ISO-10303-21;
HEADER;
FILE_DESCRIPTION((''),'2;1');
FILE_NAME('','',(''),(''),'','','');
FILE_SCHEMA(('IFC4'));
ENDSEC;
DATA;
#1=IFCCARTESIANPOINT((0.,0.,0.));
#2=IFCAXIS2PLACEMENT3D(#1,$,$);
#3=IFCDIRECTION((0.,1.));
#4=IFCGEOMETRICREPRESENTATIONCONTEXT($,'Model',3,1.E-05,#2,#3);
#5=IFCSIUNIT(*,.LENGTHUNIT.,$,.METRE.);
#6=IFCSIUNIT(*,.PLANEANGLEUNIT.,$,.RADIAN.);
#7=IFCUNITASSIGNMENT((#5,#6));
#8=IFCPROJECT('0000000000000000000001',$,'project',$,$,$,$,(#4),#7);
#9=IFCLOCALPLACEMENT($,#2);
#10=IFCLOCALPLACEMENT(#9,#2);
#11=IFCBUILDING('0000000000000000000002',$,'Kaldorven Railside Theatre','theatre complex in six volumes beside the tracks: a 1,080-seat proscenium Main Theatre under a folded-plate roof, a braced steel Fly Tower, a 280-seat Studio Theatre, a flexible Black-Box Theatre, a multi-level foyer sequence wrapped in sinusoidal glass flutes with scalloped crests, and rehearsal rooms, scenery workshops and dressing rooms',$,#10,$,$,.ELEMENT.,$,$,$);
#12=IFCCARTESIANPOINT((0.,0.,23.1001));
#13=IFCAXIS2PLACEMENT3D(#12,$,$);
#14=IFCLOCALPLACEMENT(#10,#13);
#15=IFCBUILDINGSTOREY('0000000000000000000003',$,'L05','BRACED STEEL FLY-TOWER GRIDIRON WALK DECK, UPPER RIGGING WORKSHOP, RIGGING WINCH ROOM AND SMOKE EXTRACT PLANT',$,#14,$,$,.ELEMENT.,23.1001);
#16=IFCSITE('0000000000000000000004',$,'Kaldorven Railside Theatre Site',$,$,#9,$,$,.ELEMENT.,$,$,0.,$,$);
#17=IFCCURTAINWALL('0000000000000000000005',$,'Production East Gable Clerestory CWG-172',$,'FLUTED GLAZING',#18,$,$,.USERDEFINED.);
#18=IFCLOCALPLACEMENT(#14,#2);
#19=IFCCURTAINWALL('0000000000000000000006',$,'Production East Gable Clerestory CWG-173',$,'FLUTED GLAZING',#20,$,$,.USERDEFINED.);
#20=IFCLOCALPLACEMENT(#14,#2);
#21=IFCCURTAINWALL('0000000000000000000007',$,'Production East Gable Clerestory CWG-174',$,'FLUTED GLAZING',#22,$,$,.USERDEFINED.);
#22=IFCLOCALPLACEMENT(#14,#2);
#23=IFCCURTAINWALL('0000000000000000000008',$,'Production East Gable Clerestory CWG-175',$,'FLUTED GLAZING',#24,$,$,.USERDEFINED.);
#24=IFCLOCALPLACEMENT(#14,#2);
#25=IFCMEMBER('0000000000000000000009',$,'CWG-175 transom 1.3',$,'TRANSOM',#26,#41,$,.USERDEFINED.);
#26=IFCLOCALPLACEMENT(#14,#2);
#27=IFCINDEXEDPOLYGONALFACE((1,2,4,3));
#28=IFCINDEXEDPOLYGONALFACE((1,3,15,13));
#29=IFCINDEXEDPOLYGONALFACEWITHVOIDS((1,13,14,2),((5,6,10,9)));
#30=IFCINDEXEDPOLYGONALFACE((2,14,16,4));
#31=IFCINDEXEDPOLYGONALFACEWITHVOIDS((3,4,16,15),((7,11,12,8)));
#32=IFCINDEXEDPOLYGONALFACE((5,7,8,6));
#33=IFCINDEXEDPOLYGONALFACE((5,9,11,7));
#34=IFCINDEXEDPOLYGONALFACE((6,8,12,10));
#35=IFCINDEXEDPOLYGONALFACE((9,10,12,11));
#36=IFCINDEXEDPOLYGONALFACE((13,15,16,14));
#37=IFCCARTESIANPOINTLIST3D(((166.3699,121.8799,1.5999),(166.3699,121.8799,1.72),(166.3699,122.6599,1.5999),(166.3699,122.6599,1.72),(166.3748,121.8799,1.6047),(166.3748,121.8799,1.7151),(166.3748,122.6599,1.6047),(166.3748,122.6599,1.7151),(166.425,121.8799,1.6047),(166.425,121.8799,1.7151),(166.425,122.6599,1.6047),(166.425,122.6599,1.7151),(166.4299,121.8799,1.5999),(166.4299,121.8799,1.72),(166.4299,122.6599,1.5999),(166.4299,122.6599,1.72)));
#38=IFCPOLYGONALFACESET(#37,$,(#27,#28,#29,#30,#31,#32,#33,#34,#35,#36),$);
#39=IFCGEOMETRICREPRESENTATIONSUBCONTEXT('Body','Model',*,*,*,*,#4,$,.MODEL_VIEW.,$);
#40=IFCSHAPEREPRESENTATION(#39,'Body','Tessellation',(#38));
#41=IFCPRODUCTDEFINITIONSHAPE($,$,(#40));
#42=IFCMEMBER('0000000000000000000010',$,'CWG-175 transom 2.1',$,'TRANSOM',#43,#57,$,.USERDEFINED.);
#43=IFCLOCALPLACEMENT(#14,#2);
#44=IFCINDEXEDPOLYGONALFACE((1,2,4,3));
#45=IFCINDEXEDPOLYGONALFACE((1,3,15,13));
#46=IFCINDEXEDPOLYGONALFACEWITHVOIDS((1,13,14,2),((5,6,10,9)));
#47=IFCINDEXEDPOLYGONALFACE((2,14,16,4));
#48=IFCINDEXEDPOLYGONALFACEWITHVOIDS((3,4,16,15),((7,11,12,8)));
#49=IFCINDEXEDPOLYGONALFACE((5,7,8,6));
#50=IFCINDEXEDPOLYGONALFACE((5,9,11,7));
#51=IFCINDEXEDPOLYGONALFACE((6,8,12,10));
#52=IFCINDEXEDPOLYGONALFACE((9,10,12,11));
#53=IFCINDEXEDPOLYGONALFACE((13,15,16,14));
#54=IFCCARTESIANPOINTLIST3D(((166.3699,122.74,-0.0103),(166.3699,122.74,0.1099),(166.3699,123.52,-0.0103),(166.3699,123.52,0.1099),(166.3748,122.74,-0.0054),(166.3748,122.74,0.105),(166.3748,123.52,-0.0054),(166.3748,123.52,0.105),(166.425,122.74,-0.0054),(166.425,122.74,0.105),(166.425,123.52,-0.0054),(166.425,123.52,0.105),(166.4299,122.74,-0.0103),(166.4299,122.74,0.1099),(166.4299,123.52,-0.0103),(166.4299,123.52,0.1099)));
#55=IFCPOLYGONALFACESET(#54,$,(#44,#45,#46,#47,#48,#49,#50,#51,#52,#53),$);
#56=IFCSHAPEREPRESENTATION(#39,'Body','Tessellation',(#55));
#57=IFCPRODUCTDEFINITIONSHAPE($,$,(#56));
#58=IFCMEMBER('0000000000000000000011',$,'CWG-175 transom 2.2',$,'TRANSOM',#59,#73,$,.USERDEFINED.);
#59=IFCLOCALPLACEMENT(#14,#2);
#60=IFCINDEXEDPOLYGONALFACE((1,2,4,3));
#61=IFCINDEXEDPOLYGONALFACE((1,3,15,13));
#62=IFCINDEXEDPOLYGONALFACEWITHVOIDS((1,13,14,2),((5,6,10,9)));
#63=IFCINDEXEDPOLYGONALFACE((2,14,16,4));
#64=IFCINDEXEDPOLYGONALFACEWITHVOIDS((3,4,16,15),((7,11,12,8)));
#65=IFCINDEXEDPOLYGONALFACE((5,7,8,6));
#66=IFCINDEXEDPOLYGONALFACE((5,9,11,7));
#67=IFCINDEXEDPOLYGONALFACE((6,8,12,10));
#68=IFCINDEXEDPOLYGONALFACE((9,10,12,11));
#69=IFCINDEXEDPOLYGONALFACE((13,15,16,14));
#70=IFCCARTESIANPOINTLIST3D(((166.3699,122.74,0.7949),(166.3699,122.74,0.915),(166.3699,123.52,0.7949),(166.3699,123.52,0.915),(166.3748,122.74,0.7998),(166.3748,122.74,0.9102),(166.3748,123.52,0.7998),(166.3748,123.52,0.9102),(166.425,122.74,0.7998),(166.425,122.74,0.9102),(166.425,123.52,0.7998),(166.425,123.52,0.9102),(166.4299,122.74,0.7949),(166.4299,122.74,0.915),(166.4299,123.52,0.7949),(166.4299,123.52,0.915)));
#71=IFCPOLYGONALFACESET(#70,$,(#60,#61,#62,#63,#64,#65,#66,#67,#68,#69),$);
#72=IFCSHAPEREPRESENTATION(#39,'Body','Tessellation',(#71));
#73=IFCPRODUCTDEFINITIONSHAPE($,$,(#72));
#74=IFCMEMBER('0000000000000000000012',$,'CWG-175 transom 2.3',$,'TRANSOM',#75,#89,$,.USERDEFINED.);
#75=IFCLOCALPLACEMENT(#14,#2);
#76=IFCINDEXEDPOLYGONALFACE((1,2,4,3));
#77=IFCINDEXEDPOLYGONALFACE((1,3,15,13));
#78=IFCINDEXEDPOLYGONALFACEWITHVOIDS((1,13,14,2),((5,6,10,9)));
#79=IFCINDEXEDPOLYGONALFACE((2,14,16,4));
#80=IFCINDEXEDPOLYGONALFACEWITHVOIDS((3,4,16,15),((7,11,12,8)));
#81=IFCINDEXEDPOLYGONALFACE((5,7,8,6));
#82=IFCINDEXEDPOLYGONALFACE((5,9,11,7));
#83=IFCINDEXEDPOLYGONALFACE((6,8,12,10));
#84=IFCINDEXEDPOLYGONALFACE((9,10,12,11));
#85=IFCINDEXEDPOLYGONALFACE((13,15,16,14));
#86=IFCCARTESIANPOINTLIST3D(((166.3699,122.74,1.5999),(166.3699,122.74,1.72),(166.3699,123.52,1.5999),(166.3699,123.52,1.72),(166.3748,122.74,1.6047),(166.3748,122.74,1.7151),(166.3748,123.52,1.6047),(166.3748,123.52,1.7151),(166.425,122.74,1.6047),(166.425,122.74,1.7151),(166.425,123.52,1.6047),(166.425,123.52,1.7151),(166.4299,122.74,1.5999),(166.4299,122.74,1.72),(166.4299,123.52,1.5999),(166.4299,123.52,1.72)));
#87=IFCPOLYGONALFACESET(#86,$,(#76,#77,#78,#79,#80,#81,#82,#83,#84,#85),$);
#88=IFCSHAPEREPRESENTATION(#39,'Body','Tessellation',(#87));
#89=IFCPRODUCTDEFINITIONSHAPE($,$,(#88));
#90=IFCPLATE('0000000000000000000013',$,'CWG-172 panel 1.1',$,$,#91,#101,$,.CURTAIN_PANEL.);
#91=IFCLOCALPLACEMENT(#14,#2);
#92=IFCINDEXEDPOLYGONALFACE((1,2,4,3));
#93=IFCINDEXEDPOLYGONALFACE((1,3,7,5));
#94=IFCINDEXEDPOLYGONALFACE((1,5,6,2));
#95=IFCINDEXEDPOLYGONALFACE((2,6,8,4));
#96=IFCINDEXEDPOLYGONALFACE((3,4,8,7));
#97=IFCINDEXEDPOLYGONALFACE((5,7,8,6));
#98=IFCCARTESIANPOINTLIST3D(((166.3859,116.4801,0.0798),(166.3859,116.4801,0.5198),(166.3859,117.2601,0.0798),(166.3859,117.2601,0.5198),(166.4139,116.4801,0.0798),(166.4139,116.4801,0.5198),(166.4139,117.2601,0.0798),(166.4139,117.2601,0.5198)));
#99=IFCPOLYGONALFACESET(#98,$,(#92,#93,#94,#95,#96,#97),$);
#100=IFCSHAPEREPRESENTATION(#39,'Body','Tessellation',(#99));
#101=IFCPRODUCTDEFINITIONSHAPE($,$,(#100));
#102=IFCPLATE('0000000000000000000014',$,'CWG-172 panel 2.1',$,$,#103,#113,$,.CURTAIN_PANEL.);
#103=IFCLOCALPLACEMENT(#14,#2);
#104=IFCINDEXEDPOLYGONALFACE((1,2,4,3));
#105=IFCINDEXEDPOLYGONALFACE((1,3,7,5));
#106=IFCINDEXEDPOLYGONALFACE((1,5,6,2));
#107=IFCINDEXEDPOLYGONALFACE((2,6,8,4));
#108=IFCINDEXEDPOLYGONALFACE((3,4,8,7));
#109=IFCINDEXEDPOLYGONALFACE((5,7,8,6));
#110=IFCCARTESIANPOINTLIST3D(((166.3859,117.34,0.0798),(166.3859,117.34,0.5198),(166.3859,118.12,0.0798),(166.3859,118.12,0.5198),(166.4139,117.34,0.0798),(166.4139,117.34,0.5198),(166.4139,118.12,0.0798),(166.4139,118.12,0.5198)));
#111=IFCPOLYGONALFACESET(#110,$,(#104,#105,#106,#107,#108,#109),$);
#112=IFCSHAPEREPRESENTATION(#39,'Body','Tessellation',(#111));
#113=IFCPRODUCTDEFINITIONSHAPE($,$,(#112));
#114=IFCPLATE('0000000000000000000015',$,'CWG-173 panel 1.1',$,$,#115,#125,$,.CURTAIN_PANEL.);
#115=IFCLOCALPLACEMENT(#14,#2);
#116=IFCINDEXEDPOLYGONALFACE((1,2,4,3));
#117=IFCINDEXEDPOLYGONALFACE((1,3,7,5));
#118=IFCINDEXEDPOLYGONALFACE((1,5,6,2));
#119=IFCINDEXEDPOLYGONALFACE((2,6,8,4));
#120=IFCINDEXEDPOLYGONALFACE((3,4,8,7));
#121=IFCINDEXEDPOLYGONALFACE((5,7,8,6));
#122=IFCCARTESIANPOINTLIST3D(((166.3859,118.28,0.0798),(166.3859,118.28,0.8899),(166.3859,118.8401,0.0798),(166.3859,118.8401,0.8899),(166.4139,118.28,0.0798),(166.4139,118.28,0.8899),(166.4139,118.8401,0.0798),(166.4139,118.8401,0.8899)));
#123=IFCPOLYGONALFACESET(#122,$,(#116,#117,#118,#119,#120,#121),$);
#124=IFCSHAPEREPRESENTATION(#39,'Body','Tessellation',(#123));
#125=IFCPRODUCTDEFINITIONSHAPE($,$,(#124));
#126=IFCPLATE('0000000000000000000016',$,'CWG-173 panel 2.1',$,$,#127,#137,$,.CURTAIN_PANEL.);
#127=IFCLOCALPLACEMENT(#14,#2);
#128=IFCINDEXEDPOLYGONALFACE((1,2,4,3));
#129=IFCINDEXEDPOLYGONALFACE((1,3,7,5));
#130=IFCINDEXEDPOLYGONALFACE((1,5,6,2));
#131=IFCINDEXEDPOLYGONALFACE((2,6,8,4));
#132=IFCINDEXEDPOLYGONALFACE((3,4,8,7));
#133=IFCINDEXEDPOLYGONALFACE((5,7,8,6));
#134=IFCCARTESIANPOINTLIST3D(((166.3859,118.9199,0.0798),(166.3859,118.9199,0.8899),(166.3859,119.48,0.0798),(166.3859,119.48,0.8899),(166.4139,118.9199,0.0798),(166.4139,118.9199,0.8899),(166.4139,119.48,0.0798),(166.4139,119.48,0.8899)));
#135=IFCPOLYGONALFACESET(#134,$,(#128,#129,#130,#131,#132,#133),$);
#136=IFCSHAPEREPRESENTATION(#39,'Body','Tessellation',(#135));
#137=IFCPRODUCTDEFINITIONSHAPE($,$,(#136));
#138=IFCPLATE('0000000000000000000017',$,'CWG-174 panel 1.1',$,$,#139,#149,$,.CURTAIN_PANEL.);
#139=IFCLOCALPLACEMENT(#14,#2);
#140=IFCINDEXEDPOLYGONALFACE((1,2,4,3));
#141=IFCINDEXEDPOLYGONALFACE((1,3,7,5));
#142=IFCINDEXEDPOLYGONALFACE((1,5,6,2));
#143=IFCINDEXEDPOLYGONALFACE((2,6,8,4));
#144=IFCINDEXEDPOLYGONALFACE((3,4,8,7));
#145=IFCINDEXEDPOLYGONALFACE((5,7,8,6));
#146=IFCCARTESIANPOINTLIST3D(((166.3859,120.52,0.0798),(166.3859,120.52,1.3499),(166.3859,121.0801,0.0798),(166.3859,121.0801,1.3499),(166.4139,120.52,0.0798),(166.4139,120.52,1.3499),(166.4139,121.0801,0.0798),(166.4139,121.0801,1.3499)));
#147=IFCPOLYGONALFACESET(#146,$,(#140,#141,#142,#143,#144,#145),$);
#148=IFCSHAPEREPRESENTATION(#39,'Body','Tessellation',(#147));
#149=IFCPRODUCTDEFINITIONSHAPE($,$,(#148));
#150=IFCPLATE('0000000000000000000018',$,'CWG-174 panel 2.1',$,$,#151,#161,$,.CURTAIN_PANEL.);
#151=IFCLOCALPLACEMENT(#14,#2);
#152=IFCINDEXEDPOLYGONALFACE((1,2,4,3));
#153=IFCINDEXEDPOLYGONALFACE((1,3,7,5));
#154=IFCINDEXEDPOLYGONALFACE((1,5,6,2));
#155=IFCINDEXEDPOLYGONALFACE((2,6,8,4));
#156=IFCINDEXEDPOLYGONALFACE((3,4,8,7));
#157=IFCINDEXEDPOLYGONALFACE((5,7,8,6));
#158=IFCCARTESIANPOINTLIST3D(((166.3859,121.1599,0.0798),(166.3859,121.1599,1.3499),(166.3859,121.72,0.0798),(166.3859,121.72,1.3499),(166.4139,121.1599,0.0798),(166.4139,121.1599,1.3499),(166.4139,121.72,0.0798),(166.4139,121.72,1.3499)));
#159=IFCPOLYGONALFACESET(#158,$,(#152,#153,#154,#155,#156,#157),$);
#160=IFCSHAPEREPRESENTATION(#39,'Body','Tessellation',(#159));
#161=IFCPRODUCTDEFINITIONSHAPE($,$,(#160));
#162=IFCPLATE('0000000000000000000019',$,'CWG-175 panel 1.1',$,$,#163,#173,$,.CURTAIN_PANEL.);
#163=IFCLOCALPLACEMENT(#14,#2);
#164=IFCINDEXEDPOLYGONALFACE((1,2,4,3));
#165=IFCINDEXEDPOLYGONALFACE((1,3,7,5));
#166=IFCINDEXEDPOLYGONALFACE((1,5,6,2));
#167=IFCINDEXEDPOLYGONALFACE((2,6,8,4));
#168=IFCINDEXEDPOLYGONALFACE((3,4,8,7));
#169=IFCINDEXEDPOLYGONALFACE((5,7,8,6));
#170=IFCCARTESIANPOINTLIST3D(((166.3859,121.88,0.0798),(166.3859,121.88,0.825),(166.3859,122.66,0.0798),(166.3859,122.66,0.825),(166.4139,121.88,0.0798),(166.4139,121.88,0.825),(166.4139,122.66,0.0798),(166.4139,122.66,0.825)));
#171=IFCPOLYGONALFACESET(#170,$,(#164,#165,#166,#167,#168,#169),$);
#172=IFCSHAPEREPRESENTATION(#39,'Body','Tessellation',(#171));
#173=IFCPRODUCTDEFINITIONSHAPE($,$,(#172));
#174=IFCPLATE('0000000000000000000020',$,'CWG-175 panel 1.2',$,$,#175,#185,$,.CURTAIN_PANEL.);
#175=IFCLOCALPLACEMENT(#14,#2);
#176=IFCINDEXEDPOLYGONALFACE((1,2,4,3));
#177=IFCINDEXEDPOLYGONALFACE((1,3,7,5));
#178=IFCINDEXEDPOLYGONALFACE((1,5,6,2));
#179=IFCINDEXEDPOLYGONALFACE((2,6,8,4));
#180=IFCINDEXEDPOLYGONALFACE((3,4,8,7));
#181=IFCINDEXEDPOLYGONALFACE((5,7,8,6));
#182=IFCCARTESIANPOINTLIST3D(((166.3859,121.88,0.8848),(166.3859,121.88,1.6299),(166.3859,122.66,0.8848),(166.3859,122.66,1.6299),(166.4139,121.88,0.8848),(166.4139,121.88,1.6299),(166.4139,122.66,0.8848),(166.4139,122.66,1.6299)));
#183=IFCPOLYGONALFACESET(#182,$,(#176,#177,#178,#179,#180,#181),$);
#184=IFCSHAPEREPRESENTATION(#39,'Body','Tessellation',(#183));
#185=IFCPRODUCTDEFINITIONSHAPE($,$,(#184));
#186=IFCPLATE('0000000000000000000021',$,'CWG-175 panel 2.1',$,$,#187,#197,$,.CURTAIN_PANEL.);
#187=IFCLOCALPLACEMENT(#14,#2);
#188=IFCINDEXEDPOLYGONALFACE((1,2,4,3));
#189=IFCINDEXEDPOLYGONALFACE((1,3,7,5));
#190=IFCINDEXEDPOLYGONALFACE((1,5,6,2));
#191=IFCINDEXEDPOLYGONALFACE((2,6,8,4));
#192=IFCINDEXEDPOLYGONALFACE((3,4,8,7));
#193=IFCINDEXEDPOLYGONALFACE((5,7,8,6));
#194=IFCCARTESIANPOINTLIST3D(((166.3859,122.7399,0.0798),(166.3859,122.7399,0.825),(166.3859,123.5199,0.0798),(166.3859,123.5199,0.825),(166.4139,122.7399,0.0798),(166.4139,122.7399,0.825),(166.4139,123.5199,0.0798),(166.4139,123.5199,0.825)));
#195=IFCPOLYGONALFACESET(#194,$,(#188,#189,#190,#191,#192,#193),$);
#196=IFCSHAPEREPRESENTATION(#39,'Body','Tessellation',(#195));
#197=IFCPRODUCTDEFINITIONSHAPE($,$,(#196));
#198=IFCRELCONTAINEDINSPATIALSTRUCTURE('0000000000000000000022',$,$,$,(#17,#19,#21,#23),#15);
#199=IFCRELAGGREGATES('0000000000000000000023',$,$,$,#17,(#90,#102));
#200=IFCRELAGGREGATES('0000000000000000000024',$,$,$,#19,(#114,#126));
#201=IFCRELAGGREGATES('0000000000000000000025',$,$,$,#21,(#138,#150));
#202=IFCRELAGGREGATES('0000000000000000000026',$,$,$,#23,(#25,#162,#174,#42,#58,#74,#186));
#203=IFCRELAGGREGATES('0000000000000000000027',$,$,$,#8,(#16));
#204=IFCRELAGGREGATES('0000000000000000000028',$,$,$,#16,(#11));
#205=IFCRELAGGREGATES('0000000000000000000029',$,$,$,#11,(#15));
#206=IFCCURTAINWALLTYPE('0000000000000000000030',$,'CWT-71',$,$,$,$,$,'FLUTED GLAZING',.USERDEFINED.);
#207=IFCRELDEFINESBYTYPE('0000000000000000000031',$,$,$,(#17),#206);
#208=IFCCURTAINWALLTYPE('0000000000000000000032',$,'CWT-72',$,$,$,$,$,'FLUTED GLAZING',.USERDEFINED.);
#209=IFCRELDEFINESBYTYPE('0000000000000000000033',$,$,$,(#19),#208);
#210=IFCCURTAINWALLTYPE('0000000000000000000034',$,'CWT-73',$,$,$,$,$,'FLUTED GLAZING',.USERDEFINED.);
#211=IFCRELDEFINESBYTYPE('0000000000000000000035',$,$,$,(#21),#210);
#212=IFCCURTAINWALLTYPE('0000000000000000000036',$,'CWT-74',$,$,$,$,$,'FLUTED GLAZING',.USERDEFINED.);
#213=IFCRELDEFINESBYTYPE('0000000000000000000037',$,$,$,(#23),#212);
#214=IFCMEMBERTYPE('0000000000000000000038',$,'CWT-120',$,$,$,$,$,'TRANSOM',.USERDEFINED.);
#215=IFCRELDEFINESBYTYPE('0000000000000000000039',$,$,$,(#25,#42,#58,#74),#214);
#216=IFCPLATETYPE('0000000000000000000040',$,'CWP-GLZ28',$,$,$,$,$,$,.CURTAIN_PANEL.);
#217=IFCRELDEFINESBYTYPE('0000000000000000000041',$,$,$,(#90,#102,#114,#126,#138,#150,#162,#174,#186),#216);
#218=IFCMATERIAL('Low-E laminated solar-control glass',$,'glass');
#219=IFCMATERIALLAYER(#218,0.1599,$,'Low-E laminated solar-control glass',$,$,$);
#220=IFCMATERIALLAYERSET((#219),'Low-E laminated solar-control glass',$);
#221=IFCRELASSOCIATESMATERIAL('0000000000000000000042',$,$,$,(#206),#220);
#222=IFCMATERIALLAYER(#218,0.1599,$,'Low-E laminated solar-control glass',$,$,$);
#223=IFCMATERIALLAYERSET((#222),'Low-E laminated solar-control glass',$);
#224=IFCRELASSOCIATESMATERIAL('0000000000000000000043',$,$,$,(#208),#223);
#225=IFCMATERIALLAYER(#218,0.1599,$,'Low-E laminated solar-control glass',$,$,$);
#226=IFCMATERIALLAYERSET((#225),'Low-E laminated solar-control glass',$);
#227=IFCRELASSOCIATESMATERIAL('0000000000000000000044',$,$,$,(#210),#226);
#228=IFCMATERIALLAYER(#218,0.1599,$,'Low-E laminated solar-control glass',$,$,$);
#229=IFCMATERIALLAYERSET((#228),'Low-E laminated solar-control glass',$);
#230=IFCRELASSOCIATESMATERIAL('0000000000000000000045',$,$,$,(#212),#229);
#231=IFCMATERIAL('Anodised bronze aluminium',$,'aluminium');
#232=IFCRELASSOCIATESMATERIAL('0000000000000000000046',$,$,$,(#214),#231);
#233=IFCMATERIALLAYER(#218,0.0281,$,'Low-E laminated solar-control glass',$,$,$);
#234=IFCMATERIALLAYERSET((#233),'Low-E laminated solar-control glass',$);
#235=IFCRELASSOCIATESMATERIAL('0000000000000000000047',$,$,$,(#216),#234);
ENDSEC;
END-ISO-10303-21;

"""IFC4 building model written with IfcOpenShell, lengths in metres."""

from ifc_helpers import new_model, si_unit, direction, frame, origin, origin_2d, place, context, subcontext, project, spatial, rectangle, hollow_rectangle, extrude, material, layer, layer_set, material_profile, profile_set, type_object, element, aggregate, save


model = new_model("IFC4")

# Units and contexts
model_context = context("Model", 3, precision=1e-05, world=origin(), true_north=direction((0.0, 1.0)))
body_context = subcontext(model_context, "Body", "Model", "MODEL_VIEW")
ifc_project = project(units=[si_unit("LENGTHUNIT", "METRE"), si_unit("PLANEANGLEUNIT", "RADIAN")], contexts=[model_context])

# Site, building, storey
site_placement = place(None, origin())
site = spatial("IfcSite", under=ifc_project, at=site_placement, Name="Kaldorven Railside Theatre Site", CompositionType="ELEMENT", RefElevation=0.0)
building_placement = place(site_placement, origin())
building = spatial("IfcBuilding", under=site, at=building_placement, Name="Kaldorven Railside Theatre", Description="theatre complex in six volumes beside the tracks: a 1,080-seat proscenium Main Theatre under a folded-plate roof, a braced steel Fly Tower, a 280-seat Studio Theatre, a flexible Black-Box Theatre, a multi-level foyer sequence wrapped in sinusoidal glass flutes with scalloped crests, and rehearsal rooms, scenery workshops and dressing rooms", CompositionType="ELEMENT")
storey_placement = place(building_placement, frame((0.0, 0.0, 23.1001)))
storey = spatial("IfcBuildingStorey", under=building, at=storey_placement, Name="L05", Description="BRACED STEEL FLY-TOWER GRIDIRON WALK DECK, UPPER RIGGING WORKSHOP, RIGGING WINCH ROOM AND SMOKE EXTRACT PLANT", CompositionType="ELEMENT", Elevation=23.1001)

# Curtain walls
ifc_material_1 = material(Name="Low-E laminated solar-control glass", Category="glass")
ifc_layer_1 = layer(ifc_material_1, 0.1599, Name="Low-E laminated solar-control glass")
ifc_layer_set_1 = layer_set([ifc_layer_1], Name="Low-E laminated solar-control glass")
curtain_wall_type_1 = type_object("IfcCurtainWallType", Name="CWT-71", ElementType="FLUTED GLAZING", PredefinedType="USERDEFINED", material=ifc_layer_set_1)
curtain_wall_1_placement = place(storey_placement, origin())
curtain_wall_1 = element("IfcCurtainWall", 1, at=curtain_wall_1_placement, inside=storey, type_object=curtain_wall_type_1, Name="Production East Gable Clerestory CWG-172", ObjectType="FLUTED GLAZING", PredefinedType="USERDEFINED")
ifc_material_2 = material(Name="Anodised bronze aluminium", Category="aluminium")
ifc_layer_2 = layer(ifc_material_1, 0.1599, Name="Low-E laminated solar-control glass")
ifc_layer_set_2 = layer_set([ifc_layer_2], Name="Low-E laminated solar-control glass")
curtain_wall_type_2 = type_object("IfcCurtainWallType", Name="CWT-72", ElementType="FLUTED GLAZING", PredefinedType="USERDEFINED", material=ifc_layer_set_2)
curtain_wall_2_placement = place(storey_placement, origin())
curtain_wall_2 = element("IfcCurtainWall", 2, at=curtain_wall_2_placement, inside=storey, type_object=curtain_wall_type_2, Name="Production East Gable Clerestory CWG-173", ObjectType="FLUTED GLAZING", PredefinedType="USERDEFINED")
ifc_layer_3 = layer(ifc_material_1, 0.1599, Name="Low-E laminated solar-control glass")
ifc_layer_set_3 = layer_set([ifc_layer_3], Name="Low-E laminated solar-control glass")
curtain_wall_type_3 = type_object("IfcCurtainWallType", Name="CWT-73", ElementType="FLUTED GLAZING", PredefinedType="USERDEFINED", material=ifc_layer_set_3)
curtain_wall_3_placement = place(storey_placement, origin())
curtain_wall_3 = element("IfcCurtainWall", 3, at=curtain_wall_3_placement, inside=storey, type_object=curtain_wall_type_3, Name="Production East Gable Clerestory CWG-174", ObjectType="FLUTED GLAZING", PredefinedType="USERDEFINED")
ifc_layer_4 = layer(ifc_material_1, 0.1599, Name="Low-E laminated solar-control glass")
ifc_layer_set_4 = layer_set([ifc_layer_4], Name="Low-E laminated solar-control glass")
curtain_wall_type_4 = type_object("IfcCurtainWallType", Name="CWT-74", ElementType="FLUTED GLAZING", PredefinedType="USERDEFINED", material=ifc_layer_set_4)
curtain_wall_4_placement = place(storey_placement, origin())
curtain_wall_4 = element("IfcCurtainWall", 4, at=curtain_wall_4_placement, inside=storey, type_object=curtain_wall_type_4, Name="Production East Gable Clerestory CWG-175", ObjectType="FLUTED GLAZING", PredefinedType="USERDEFINED")

# Members
ifc_material_profile_1 = material_profile(ifc_material_2, hollow_rectangle(XDim=0.0601, YDim=0.1201, WallThickness=0.0049, at=origin_2d()), Name="RHS 120x60x5")
ifc_profile_set_1 = profile_set([ifc_material_profile_1], Name="Anodised bronze aluminium")
member_type_1 = type_object("IfcMemberType", Name="CWT-120", ElementType="TRANSOM", PredefinedType="USERDEFINED", material=ifc_profile_set_1)
member_1_placement = place(storey_placement, frame((166.3999, 121.8799, 1.6599), z_axis=(0.0, 1.0, 0.0), x_axis=(-1.0, 0.0, 0.0)))
member_1 = element("IfcMember", 5, at=member_1_placement, type_object=member_type_1, Name="CWG-175 transom 1.3", ObjectType="TRANSOM", PredefinedType="USERDEFINED", context=body_context, shape_type="SweptSolid", body=[
    extrude(hollow_rectangle(XDim=0.0601, YDim=0.1201, WallThickness=0.0049, at=origin_2d()), origin(), (0.0, 0.0, 1.0), 0.78),
])
member_2_placement = place(storey_placement, frame((166.3999, 122.74, 0.0498), z_axis=(0.0, 1.0, 0.0), x_axis=(-1.0, 0.0, 0.0)))
member_2 = element("IfcMember", 6, at=member_2_placement, type_object=member_type_1, Name="CWG-175 transom 2.1", ObjectType="TRANSOM", PredefinedType="USERDEFINED", context=body_context, shape_type="SweptSolid", body=[
    extrude(hollow_rectangle(XDim=0.0601, YDim=0.1201, WallThickness=0.0049, at=origin_2d()), origin(), (0.0, 0.0, 1.0), 0.78),
])
member_3_placement = place(storey_placement, frame((166.3999, 122.74, 0.855), z_axis=(0.0, 1.0, 0.0), x_axis=(-1.0, 0.0, 0.0)))
member_3 = element("IfcMember", 7, at=member_3_placement, type_object=member_type_1, Name="CWG-175 transom 2.2", ObjectType="TRANSOM", PredefinedType="USERDEFINED", context=body_context, shape_type="SweptSolid", body=[
    extrude(hollow_rectangle(XDim=0.0601, YDim=0.1201, WallThickness=0.0049, at=origin_2d()), origin(), (0.0, 0.0, 1.0), 0.78),
])
member_4_placement = place(storey_placement, frame((166.3999, 122.74, 1.6599), z_axis=(0.0, 1.0, 0.0), x_axis=(-1.0, 0.0, 0.0)))
member_4 = element("IfcMember", 8, at=member_4_placement, type_object=member_type_1, Name="CWG-175 transom 2.3", ObjectType="TRANSOM", PredefinedType="USERDEFINED", context=body_context, shape_type="SweptSolid", body=[
    extrude(hollow_rectangle(XDim=0.0601, YDim=0.1201, WallThickness=0.0049, at=origin_2d()), origin(), (0.0, 0.0, 1.0), 0.78),
])

# Plates
ifc_layer_5 = layer(ifc_material_1, 0.0281, Name="Low-E laminated solar-control glass")
ifc_layer_set_5 = layer_set([ifc_layer_5], Name="Low-E laminated solar-control glass")
plate_type = type_object("IfcPlateType", Name="CWP-GLZ28", PredefinedType="CURTAIN_PANEL", material=ifc_layer_set_5)
plate_1_placement = place(storey_placement, frame((166.3999, 116.8701, 0.0798), z_axis=(0.0, 0.0, 1.0), x_axis=(0.0, 1.0, 0.0)))
plate_1 = element("IfcPlate", 9, at=plate_1_placement, type_object=plate_type, Name="CWG-172 panel 1.1", PredefinedType="CURTAIN_PANEL", context=body_context, shape_type="SweptSolid", body=[
    extrude(rectangle(XDim=0.78, YDim=0.0281, at=origin_2d()), origin(), (0.0, 0.0, 1.0), 0.4399),
])
plate_2_placement = place(storey_placement, frame((166.3999, 117.73, 0.0798), z_axis=(0.0, 0.0, 1.0), x_axis=(0.0, 1.0, 0.0)))
plate_2 = element("IfcPlate", 10, at=plate_2_placement, type_object=plate_type, Name="CWG-172 panel 2.1", PredefinedType="CURTAIN_PANEL", context=body_context, shape_type="SweptSolid", body=[
    extrude(rectangle(XDim=0.78, YDim=0.0281, at=origin_2d()), origin(), (0.0, 0.0, 1.0), 0.4399),
])
aggregate(curtain_wall_1, [plate_1, plate_2])
plate_3_placement = place(storey_placement, frame((166.3999, 118.5601, 0.0798), z_axis=(0.0, 0.0, 1.0), x_axis=(0.0, 1.0, 0.0)))
plate_3 = element("IfcPlate", 11, at=plate_3_placement, type_object=plate_type, Name="CWG-173 panel 1.1", PredefinedType="CURTAIN_PANEL", context=body_context, shape_type="SweptSolid", body=[
    extrude(rectangle(XDim=0.5601, YDim=0.0281, at=origin_2d()), origin(), (0.0, 0.0, 1.0), 0.8101),
])
plate_4_placement = place(storey_placement, frame((166.3999, 119.2, 0.0798), z_axis=(0.0, 0.0, 1.0), x_axis=(0.0, 1.0, 0.0)))
plate_4 = element("IfcPlate", 12, at=plate_4_placement, type_object=plate_type, Name="CWG-173 panel 2.1", PredefinedType="CURTAIN_PANEL", context=body_context, shape_type="SweptSolid", body=[
    extrude(rectangle(XDim=0.5601, YDim=0.0281, at=origin_2d()), origin(), (0.0, 0.0, 1.0), 0.8101),
])
aggregate(curtain_wall_2, [plate_3, plate_4])
plate_5_placement = place(storey_placement, frame((166.3999, 120.8, 0.0798), z_axis=(0.0, 0.0, 1.0), x_axis=(0.0, 1.0, 0.0)))
plate_5 = element("IfcPlate", 13, at=plate_5_placement, type_object=plate_type, Name="CWG-174 panel 1.1", PredefinedType="CURTAIN_PANEL", context=body_context, shape_type="SweptSolid", body=[
    extrude(rectangle(XDim=0.5601, YDim=0.0281, at=origin_2d()), origin(), (0.0, 0.0, 1.0), 1.27),
])
plate_6_placement = place(storey_placement, frame((166.3999, 121.4399, 0.0798), z_axis=(0.0, 0.0, 1.0), x_axis=(0.0, 1.0, 0.0)))
plate_6 = element("IfcPlate", 14, at=plate_6_placement, type_object=plate_type, Name="CWG-174 panel 2.1", PredefinedType="CURTAIN_PANEL", context=body_context, shape_type="SweptSolid", body=[
    extrude(rectangle(XDim=0.5601, YDim=0.0281, at=origin_2d()), origin(), (0.0, 0.0, 1.0), 1.27),
])
aggregate(curtain_wall_3, [plate_5, plate_6])
plate_7_placement = place(storey_placement, frame((166.3999, 122.27, 0.0798), z_axis=(0.0, 0.0, 1.0), x_axis=(0.0, 1.0, 0.0)))
plate_7 = element("IfcPlate", 15, at=plate_7_placement, type_object=plate_type, Name="CWG-175 panel 1.1", PredefinedType="CURTAIN_PANEL", context=body_context, shape_type="SweptSolid", body=[
    extrude(rectangle(XDim=0.78, YDim=0.0281, at=origin_2d()), origin(), (0.0, 0.0, 1.0), 0.7451),
])
plate_8_placement = place(storey_placement, frame((166.3999, 122.27, 0.8848), z_axis=(0.0, 0.0, 1.0), x_axis=(0.0, 1.0, 0.0)))
plate_8 = element("IfcPlate", 16, at=plate_8_placement, type_object=plate_type, Name="CWG-175 panel 1.2", PredefinedType="CURTAIN_PANEL", context=body_context, shape_type="SweptSolid", body=[
    extrude(rectangle(XDim=0.78, YDim=0.0281, at=origin_2d()), origin(), (0.0, 0.0, 1.0), 0.7451),
])
plate_9_placement = place(storey_placement, frame((166.3999, 123.1299, 0.0798), z_axis=(0.0, 0.0, 1.0), x_axis=(0.0, 1.0, 0.0)))
plate_9 = element("IfcPlate", 17, at=plate_9_placement, type_object=plate_type, Name="CWG-175 panel 2.1", PredefinedType="CURTAIN_PANEL", context=body_context, shape_type="SweptSolid", body=[
    extrude(rectangle(XDim=0.78, YDim=0.0281, at=origin_2d()), origin(), (0.0, 0.0, 1.0), 0.7451),
])
aggregate(curtain_wall_4, [member_1, plate_7, plate_8, member_2, member_3, member_4, plate_9])

save(model, "model.ifc")
